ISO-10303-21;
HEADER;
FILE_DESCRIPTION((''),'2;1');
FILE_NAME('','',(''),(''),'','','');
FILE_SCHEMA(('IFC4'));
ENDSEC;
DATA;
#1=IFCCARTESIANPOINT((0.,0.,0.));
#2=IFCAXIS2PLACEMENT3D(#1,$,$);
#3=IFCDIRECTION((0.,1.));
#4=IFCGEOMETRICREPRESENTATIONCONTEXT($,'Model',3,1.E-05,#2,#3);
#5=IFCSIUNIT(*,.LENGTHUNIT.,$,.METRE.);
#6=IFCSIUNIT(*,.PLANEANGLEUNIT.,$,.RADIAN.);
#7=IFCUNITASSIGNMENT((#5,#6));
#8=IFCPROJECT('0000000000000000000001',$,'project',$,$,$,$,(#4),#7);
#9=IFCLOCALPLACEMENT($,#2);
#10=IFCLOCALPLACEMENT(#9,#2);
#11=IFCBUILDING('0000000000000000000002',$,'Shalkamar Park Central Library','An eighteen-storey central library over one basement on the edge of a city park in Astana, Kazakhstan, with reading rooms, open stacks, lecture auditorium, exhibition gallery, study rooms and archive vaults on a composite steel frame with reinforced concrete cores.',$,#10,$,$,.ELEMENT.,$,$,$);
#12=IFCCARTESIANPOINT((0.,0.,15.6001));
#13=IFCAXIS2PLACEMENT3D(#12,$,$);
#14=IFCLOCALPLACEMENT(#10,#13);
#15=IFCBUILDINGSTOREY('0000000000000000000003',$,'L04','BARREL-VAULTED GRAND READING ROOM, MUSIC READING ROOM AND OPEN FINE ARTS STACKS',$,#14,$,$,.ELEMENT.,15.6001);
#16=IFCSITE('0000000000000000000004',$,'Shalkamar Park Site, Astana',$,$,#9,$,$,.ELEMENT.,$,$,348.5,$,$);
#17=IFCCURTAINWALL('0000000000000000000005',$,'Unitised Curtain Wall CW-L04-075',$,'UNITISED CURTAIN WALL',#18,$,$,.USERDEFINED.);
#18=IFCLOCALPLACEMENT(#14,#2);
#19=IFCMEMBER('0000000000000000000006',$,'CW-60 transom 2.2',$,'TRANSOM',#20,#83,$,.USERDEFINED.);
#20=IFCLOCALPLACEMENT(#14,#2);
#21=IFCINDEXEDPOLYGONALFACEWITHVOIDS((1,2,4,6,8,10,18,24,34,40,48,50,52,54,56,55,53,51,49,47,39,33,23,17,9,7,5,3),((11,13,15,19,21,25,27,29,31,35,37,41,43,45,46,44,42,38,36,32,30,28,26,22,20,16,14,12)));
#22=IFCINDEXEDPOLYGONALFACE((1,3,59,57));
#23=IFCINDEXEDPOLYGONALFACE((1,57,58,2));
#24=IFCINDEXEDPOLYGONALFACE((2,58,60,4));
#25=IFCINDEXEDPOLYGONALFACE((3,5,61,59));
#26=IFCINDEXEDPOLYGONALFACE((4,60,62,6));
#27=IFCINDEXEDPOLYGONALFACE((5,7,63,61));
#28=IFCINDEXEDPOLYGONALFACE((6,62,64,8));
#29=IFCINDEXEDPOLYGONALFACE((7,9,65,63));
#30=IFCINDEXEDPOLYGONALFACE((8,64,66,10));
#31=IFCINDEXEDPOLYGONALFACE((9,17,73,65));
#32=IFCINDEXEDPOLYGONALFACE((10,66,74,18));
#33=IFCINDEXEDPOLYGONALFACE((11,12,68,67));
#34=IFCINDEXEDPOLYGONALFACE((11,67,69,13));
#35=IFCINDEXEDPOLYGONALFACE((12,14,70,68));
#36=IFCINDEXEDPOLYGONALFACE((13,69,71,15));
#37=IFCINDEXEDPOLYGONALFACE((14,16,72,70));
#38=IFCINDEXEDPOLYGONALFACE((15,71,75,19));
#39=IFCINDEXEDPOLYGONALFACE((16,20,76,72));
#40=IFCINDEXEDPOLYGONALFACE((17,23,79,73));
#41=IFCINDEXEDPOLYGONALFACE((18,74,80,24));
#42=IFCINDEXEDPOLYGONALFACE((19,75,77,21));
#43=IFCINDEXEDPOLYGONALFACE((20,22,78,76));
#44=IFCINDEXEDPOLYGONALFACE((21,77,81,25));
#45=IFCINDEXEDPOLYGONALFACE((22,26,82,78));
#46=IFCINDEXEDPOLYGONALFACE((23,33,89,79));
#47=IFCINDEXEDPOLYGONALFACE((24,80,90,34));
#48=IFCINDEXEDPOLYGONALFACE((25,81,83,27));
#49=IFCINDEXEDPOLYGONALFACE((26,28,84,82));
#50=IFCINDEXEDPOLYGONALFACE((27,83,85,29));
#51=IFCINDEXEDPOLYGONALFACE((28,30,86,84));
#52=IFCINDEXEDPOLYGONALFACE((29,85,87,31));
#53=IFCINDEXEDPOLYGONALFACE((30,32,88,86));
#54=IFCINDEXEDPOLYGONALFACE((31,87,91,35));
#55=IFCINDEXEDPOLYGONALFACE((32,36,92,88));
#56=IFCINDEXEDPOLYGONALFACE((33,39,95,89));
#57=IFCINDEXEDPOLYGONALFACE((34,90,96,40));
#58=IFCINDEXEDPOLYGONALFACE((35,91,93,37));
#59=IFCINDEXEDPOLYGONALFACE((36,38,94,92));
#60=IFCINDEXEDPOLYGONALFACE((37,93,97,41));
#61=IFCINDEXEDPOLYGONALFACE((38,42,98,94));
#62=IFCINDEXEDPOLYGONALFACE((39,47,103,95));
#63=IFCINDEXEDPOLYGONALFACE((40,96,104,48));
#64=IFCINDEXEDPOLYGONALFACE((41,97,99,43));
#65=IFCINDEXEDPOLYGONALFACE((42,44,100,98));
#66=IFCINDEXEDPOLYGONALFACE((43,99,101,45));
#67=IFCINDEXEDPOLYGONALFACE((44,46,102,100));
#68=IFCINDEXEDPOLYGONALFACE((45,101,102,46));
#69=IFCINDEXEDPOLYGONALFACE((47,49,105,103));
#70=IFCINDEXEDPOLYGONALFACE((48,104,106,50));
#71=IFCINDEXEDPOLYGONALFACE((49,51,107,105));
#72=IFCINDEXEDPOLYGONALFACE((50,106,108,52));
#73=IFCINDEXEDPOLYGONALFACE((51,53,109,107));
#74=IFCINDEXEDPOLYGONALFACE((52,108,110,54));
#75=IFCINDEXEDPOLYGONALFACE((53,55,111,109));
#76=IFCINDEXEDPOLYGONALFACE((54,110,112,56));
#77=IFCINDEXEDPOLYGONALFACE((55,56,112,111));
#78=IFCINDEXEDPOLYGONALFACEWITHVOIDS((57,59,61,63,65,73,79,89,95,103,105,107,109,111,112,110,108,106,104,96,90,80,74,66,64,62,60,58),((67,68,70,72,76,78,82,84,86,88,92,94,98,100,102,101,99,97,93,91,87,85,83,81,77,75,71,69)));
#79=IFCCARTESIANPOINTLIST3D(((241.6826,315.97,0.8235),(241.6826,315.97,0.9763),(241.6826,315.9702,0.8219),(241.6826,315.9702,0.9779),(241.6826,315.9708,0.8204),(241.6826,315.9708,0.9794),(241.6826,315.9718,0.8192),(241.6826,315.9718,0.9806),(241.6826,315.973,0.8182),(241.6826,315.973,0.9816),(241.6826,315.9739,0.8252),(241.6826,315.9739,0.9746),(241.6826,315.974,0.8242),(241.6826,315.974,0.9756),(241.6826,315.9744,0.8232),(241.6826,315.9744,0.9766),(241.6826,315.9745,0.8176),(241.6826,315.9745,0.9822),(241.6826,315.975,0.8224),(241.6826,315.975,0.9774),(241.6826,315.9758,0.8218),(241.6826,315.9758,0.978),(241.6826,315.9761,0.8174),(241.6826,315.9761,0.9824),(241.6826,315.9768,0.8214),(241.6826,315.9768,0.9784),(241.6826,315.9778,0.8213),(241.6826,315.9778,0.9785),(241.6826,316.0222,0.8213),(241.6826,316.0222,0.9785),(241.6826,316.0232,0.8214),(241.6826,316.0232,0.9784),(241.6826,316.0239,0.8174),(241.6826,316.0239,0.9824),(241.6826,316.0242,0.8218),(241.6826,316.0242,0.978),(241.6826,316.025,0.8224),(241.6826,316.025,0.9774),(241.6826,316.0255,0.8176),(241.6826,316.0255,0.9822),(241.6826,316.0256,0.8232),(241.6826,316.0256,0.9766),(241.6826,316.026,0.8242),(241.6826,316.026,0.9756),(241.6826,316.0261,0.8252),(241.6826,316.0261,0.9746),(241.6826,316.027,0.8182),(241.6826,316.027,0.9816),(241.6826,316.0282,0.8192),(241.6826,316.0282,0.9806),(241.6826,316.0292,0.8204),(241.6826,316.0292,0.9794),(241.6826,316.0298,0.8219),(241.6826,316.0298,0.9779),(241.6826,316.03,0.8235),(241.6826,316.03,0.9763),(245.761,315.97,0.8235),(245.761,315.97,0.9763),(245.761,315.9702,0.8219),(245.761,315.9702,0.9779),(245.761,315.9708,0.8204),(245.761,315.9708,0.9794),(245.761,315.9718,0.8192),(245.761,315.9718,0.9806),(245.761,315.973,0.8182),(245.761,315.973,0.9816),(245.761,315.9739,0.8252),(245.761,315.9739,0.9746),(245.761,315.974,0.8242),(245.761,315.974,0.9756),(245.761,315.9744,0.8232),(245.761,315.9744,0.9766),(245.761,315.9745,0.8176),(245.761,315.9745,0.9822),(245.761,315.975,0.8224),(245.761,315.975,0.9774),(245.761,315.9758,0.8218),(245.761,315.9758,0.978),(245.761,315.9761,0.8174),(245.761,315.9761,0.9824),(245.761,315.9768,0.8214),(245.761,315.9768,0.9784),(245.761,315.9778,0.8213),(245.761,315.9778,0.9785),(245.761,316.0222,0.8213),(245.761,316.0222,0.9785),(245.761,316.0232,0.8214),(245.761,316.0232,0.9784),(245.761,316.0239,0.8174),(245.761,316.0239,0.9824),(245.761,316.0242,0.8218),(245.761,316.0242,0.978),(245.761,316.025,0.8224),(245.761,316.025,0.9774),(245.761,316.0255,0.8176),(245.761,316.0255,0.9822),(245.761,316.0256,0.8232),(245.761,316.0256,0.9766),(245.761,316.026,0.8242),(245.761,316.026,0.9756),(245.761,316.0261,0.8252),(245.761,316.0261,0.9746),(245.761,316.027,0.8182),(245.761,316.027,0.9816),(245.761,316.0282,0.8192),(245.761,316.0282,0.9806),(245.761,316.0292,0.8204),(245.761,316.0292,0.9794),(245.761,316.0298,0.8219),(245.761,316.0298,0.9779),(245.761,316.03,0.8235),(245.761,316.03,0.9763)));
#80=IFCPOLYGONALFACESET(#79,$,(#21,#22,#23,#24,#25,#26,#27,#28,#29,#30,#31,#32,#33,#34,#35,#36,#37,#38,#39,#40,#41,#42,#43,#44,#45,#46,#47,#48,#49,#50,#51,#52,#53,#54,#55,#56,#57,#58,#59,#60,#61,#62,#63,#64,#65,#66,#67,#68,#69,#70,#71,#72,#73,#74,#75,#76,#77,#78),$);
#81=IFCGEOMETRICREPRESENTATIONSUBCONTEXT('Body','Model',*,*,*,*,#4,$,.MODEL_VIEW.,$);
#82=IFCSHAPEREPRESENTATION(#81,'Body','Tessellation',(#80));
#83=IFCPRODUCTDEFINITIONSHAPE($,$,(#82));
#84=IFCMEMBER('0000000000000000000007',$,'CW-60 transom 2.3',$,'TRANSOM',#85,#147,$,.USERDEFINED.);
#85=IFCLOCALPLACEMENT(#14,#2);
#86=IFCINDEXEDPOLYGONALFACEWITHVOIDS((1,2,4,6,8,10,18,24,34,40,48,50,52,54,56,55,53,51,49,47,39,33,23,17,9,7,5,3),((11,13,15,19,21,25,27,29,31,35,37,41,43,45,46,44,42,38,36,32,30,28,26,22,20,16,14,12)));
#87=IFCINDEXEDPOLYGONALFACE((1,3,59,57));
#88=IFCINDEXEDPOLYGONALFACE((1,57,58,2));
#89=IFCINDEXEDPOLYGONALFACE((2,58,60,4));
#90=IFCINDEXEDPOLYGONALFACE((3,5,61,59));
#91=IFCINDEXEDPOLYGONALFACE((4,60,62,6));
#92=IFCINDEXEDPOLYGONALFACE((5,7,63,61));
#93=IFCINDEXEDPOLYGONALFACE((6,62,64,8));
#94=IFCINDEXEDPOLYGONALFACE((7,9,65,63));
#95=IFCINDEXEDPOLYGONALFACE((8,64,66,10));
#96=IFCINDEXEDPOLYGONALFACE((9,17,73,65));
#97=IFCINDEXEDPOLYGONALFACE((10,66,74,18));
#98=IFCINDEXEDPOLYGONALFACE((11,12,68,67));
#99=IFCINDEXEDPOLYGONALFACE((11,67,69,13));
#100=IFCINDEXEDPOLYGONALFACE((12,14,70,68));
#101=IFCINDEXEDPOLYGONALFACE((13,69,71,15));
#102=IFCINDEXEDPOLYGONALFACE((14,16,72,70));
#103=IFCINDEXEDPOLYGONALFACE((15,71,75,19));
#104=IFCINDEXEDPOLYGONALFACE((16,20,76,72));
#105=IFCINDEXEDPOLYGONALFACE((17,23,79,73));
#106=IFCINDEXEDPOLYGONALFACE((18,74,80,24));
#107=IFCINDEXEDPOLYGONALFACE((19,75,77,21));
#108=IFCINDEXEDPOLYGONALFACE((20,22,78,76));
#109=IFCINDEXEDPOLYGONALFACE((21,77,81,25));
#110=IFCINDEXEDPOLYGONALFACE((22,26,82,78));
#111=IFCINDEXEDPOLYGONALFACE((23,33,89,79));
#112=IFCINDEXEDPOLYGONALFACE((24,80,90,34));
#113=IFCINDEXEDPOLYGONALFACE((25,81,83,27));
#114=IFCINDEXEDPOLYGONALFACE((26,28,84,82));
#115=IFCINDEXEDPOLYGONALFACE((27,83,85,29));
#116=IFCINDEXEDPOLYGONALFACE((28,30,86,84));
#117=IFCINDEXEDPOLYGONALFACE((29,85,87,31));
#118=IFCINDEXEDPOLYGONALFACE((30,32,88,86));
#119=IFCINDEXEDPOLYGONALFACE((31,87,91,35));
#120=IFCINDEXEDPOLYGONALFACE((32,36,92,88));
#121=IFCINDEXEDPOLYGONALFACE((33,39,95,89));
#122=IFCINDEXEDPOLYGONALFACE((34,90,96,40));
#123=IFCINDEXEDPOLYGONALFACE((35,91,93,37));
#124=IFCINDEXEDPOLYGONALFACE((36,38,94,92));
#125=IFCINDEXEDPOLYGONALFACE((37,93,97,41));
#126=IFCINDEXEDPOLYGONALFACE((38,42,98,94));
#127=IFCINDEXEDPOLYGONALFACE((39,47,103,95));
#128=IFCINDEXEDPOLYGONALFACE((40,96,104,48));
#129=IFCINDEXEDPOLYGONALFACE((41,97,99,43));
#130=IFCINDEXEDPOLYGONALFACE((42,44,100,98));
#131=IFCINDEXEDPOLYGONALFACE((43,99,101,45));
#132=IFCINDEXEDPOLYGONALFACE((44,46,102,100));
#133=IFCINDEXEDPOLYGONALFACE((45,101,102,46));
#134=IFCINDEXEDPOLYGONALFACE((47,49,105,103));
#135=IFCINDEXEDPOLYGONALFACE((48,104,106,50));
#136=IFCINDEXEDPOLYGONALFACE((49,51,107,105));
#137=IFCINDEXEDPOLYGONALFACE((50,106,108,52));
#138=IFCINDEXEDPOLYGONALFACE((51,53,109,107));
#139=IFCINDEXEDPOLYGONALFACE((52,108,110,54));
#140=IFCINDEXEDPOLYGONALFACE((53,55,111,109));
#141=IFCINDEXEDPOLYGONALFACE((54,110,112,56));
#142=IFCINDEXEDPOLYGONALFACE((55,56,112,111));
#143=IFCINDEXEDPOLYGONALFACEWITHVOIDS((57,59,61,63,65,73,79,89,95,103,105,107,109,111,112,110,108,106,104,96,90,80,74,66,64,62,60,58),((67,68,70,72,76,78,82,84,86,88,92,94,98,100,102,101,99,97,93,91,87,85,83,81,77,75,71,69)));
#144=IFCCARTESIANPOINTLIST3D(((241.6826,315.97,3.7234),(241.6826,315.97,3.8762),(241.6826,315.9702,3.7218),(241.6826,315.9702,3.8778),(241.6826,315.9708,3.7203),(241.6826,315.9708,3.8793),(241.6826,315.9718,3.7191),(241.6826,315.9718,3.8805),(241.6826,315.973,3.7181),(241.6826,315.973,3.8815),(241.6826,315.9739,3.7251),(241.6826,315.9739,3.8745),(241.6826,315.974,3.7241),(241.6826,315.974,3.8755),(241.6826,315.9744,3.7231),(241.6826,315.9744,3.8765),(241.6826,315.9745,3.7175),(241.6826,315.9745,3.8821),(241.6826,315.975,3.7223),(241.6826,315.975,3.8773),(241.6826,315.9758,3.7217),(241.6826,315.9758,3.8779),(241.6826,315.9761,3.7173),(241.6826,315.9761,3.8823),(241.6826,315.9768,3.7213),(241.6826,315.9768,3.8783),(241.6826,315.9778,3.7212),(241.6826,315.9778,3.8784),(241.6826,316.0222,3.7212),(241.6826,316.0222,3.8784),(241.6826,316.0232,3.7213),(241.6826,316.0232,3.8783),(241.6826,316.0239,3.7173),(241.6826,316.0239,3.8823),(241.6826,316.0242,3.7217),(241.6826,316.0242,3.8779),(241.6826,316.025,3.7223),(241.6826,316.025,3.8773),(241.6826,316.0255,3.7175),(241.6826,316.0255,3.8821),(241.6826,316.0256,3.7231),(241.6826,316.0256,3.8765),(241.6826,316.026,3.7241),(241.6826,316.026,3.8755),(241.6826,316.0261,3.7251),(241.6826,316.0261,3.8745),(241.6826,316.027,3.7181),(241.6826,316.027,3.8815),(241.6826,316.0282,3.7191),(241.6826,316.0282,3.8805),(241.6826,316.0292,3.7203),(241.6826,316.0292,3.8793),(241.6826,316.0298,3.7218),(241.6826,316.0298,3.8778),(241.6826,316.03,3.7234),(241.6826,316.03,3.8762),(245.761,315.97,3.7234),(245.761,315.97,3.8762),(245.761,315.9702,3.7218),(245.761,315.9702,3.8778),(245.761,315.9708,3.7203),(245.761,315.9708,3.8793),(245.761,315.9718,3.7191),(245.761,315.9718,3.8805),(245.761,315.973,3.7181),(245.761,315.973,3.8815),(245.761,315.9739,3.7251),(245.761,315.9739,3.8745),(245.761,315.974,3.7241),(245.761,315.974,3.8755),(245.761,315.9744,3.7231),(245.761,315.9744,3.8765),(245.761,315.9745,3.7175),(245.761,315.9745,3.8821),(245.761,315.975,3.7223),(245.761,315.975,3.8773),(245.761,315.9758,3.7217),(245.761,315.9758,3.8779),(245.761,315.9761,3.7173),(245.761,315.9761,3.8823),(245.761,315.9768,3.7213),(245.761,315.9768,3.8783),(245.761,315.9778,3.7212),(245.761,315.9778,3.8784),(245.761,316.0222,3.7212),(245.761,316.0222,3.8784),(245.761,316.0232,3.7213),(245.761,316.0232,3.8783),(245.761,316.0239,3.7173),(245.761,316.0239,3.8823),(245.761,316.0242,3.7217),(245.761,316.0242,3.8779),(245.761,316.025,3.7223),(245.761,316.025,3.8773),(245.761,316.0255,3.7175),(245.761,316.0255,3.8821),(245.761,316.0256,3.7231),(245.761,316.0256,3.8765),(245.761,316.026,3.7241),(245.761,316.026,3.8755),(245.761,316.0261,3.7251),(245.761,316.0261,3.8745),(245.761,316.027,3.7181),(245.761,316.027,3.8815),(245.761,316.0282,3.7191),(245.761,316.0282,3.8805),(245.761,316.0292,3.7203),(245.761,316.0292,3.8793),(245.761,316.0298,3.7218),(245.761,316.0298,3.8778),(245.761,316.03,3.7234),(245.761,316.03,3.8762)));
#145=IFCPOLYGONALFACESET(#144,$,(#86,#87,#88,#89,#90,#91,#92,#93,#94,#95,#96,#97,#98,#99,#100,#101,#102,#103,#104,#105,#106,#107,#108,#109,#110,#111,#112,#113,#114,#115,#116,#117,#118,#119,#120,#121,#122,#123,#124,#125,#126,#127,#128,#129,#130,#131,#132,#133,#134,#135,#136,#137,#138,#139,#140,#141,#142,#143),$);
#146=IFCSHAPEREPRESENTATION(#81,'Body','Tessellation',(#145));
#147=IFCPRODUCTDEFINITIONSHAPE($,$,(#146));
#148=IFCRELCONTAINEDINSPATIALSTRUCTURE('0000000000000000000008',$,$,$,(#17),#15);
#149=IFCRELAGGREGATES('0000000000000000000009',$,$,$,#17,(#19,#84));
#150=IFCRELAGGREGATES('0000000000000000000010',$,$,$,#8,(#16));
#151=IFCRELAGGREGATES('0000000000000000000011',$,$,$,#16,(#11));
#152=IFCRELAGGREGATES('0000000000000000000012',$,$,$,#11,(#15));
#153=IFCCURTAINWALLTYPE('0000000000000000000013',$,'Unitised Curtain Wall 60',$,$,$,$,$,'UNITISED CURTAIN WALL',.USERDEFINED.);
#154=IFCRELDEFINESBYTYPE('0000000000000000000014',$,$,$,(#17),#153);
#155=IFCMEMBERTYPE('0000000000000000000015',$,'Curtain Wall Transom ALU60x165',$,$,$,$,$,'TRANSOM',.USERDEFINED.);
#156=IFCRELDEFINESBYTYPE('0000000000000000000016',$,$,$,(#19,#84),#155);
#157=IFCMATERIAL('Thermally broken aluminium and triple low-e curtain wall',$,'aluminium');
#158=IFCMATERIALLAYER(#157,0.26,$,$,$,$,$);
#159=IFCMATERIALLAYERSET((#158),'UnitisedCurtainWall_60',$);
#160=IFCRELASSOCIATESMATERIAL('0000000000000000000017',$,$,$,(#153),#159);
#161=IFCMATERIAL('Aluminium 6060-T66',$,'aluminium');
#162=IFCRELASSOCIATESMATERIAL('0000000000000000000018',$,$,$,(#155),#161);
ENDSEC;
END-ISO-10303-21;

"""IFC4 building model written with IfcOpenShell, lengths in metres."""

from ifc_helpers import new_model, si_unit, direction, frame, origin, origin_2d, place, context, subcontext, project, spatial, hollow_rectangle, extrude, material, layer, layer_set, material_profile, profile_set, type_object, element, aggregate, save


model = new_model("IFC4")

# Units and contexts
model_context = context("Model", 3, precision=1e-05, world=origin(), true_north=direction((0.0, 1.0)))
body_context = subcontext(model_context, "Body", "Model", "MODEL_VIEW")
ifc_project = project(units=[si_unit("LENGTHUNIT", "METRE"), si_unit("PLANEANGLEUNIT", "RADIAN")], contexts=[model_context])

# Site, building, storey
site_placement = place(None, origin())
site = spatial("IfcSite", under=ifc_project, at=site_placement, Name="Shalkamar Park Site, Astana", CompositionType="ELEMENT", RefElevation=348.5)
building_placement = place(site_placement, origin())
building = spatial("IfcBuilding", under=site, at=building_placement, Name="Shalkamar Park Central Library", Description="An eighteen-storey central library over one basement on the edge of a city park in Astana, Kazakhstan, with reading rooms, open stacks, lecture auditorium, exhibition gallery, study rooms and archive vaults on a composite steel frame with reinforced concrete cores.", CompositionType="ELEMENT")
storey_placement = place(building_placement, frame((0.0, 0.0, 15.6001)))
storey = spatial("IfcBuildingStorey", under=building, at=storey_placement, Name="L04", Description="BARREL-VAULTED GRAND READING ROOM, MUSIC READING ROOM AND OPEN FINE ARTS STACKS", CompositionType="ELEMENT", Elevation=15.6001)

# Curtain wall
ifc_material_1 = material(Name="Thermally broken aluminium and triple low-e curtain wall", Category="aluminium")
ifc_layer_1 = layer(ifc_material_1, 0.26)
ifc_layer_set_1 = layer_set([ifc_layer_1], Name="UnitisedCurtainWall_60")
curtain_wall_type_1 = type_object("IfcCurtainWallType", Name="Unitised Curtain Wall 60", ElementType="UNITISED CURTAIN WALL", PredefinedType="USERDEFINED", material=ifc_layer_set_1)
curtain_wall_1_placement = place(storey_placement, origin())
curtain_wall_1 = element("IfcCurtainWall", 1, at=curtain_wall_1_placement, inside=storey, type_object=curtain_wall_type_1, Name="Unitised Curtain Wall CW-L04-075", ObjectType="UNITISED CURTAIN WALL", PredefinedType="USERDEFINED")
ifc_material_2 = material(Name="Aluminium 6060-T66", Category="aluminium")

# Members
ifc_material_profile_1 = material_profile(ifc_material_2, hollow_rectangle(XDim=0.0601, YDim=0.165, WallThickness=0.0039, InnerFilletRadius=0.0039, OuterFilletRadius=0.0061, at=origin_2d()), Name="ALU 60x165x4")
ifc_profile_set_1 = profile_set([ifc_material_profile_1], Name="Aluminium 6060-T66")
member_type_1 = type_object("IfcMemberType", Name="Curtain Wall Transom ALU60x165", ElementType="TRANSOM", PredefinedType="USERDEFINED", material=ifc_profile_set_1)
member_1_placement = place(storey_placement, frame((241.6826, 316.0, 0.8999), z_axis=(1.0, 0.0, 0.0), x_axis=(0.0, 1.0, 0.0)))
member_1 = element("IfcMember", 2, at=member_1_placement, type_object=member_type_1, Name="CW-60 transom 2.2", ObjectType="TRANSOM", PredefinedType="USERDEFINED", context=body_context, shape_type="SweptSolid", body=[
    extrude(hollow_rectangle(XDim=0.0601, YDim=0.165, WallThickness=0.0039, InnerFilletRadius=0.0039, OuterFilletRadius=0.0061, at=origin_2d()), origin(), (0.0, 0.0, 1.0), 4.0784),
])
member_2_placement = place(storey_placement, frame((241.6826, 316.0, 3.7998), z_axis=(1.0, 0.0, 0.0), x_axis=(0.0, 1.0, 0.0)))
member_2 = element("IfcMember", 3, at=member_2_placement, type_object=member_type_1, Name="CW-60 transom 2.3", ObjectType="TRANSOM", PredefinedType="USERDEFINED", context=body_context, shape_type="SweptSolid", body=[
    extrude(hollow_rectangle(XDim=0.0601, YDim=0.165, WallThickness=0.0039, InnerFilletRadius=0.0039, OuterFilletRadius=0.0061, at=origin_2d()), origin(), (0.0, 0.0, 1.0), 4.0784),
])

aggregate(curtain_wall_1, [member_1, member_2])

save(model, "model.ifc")
